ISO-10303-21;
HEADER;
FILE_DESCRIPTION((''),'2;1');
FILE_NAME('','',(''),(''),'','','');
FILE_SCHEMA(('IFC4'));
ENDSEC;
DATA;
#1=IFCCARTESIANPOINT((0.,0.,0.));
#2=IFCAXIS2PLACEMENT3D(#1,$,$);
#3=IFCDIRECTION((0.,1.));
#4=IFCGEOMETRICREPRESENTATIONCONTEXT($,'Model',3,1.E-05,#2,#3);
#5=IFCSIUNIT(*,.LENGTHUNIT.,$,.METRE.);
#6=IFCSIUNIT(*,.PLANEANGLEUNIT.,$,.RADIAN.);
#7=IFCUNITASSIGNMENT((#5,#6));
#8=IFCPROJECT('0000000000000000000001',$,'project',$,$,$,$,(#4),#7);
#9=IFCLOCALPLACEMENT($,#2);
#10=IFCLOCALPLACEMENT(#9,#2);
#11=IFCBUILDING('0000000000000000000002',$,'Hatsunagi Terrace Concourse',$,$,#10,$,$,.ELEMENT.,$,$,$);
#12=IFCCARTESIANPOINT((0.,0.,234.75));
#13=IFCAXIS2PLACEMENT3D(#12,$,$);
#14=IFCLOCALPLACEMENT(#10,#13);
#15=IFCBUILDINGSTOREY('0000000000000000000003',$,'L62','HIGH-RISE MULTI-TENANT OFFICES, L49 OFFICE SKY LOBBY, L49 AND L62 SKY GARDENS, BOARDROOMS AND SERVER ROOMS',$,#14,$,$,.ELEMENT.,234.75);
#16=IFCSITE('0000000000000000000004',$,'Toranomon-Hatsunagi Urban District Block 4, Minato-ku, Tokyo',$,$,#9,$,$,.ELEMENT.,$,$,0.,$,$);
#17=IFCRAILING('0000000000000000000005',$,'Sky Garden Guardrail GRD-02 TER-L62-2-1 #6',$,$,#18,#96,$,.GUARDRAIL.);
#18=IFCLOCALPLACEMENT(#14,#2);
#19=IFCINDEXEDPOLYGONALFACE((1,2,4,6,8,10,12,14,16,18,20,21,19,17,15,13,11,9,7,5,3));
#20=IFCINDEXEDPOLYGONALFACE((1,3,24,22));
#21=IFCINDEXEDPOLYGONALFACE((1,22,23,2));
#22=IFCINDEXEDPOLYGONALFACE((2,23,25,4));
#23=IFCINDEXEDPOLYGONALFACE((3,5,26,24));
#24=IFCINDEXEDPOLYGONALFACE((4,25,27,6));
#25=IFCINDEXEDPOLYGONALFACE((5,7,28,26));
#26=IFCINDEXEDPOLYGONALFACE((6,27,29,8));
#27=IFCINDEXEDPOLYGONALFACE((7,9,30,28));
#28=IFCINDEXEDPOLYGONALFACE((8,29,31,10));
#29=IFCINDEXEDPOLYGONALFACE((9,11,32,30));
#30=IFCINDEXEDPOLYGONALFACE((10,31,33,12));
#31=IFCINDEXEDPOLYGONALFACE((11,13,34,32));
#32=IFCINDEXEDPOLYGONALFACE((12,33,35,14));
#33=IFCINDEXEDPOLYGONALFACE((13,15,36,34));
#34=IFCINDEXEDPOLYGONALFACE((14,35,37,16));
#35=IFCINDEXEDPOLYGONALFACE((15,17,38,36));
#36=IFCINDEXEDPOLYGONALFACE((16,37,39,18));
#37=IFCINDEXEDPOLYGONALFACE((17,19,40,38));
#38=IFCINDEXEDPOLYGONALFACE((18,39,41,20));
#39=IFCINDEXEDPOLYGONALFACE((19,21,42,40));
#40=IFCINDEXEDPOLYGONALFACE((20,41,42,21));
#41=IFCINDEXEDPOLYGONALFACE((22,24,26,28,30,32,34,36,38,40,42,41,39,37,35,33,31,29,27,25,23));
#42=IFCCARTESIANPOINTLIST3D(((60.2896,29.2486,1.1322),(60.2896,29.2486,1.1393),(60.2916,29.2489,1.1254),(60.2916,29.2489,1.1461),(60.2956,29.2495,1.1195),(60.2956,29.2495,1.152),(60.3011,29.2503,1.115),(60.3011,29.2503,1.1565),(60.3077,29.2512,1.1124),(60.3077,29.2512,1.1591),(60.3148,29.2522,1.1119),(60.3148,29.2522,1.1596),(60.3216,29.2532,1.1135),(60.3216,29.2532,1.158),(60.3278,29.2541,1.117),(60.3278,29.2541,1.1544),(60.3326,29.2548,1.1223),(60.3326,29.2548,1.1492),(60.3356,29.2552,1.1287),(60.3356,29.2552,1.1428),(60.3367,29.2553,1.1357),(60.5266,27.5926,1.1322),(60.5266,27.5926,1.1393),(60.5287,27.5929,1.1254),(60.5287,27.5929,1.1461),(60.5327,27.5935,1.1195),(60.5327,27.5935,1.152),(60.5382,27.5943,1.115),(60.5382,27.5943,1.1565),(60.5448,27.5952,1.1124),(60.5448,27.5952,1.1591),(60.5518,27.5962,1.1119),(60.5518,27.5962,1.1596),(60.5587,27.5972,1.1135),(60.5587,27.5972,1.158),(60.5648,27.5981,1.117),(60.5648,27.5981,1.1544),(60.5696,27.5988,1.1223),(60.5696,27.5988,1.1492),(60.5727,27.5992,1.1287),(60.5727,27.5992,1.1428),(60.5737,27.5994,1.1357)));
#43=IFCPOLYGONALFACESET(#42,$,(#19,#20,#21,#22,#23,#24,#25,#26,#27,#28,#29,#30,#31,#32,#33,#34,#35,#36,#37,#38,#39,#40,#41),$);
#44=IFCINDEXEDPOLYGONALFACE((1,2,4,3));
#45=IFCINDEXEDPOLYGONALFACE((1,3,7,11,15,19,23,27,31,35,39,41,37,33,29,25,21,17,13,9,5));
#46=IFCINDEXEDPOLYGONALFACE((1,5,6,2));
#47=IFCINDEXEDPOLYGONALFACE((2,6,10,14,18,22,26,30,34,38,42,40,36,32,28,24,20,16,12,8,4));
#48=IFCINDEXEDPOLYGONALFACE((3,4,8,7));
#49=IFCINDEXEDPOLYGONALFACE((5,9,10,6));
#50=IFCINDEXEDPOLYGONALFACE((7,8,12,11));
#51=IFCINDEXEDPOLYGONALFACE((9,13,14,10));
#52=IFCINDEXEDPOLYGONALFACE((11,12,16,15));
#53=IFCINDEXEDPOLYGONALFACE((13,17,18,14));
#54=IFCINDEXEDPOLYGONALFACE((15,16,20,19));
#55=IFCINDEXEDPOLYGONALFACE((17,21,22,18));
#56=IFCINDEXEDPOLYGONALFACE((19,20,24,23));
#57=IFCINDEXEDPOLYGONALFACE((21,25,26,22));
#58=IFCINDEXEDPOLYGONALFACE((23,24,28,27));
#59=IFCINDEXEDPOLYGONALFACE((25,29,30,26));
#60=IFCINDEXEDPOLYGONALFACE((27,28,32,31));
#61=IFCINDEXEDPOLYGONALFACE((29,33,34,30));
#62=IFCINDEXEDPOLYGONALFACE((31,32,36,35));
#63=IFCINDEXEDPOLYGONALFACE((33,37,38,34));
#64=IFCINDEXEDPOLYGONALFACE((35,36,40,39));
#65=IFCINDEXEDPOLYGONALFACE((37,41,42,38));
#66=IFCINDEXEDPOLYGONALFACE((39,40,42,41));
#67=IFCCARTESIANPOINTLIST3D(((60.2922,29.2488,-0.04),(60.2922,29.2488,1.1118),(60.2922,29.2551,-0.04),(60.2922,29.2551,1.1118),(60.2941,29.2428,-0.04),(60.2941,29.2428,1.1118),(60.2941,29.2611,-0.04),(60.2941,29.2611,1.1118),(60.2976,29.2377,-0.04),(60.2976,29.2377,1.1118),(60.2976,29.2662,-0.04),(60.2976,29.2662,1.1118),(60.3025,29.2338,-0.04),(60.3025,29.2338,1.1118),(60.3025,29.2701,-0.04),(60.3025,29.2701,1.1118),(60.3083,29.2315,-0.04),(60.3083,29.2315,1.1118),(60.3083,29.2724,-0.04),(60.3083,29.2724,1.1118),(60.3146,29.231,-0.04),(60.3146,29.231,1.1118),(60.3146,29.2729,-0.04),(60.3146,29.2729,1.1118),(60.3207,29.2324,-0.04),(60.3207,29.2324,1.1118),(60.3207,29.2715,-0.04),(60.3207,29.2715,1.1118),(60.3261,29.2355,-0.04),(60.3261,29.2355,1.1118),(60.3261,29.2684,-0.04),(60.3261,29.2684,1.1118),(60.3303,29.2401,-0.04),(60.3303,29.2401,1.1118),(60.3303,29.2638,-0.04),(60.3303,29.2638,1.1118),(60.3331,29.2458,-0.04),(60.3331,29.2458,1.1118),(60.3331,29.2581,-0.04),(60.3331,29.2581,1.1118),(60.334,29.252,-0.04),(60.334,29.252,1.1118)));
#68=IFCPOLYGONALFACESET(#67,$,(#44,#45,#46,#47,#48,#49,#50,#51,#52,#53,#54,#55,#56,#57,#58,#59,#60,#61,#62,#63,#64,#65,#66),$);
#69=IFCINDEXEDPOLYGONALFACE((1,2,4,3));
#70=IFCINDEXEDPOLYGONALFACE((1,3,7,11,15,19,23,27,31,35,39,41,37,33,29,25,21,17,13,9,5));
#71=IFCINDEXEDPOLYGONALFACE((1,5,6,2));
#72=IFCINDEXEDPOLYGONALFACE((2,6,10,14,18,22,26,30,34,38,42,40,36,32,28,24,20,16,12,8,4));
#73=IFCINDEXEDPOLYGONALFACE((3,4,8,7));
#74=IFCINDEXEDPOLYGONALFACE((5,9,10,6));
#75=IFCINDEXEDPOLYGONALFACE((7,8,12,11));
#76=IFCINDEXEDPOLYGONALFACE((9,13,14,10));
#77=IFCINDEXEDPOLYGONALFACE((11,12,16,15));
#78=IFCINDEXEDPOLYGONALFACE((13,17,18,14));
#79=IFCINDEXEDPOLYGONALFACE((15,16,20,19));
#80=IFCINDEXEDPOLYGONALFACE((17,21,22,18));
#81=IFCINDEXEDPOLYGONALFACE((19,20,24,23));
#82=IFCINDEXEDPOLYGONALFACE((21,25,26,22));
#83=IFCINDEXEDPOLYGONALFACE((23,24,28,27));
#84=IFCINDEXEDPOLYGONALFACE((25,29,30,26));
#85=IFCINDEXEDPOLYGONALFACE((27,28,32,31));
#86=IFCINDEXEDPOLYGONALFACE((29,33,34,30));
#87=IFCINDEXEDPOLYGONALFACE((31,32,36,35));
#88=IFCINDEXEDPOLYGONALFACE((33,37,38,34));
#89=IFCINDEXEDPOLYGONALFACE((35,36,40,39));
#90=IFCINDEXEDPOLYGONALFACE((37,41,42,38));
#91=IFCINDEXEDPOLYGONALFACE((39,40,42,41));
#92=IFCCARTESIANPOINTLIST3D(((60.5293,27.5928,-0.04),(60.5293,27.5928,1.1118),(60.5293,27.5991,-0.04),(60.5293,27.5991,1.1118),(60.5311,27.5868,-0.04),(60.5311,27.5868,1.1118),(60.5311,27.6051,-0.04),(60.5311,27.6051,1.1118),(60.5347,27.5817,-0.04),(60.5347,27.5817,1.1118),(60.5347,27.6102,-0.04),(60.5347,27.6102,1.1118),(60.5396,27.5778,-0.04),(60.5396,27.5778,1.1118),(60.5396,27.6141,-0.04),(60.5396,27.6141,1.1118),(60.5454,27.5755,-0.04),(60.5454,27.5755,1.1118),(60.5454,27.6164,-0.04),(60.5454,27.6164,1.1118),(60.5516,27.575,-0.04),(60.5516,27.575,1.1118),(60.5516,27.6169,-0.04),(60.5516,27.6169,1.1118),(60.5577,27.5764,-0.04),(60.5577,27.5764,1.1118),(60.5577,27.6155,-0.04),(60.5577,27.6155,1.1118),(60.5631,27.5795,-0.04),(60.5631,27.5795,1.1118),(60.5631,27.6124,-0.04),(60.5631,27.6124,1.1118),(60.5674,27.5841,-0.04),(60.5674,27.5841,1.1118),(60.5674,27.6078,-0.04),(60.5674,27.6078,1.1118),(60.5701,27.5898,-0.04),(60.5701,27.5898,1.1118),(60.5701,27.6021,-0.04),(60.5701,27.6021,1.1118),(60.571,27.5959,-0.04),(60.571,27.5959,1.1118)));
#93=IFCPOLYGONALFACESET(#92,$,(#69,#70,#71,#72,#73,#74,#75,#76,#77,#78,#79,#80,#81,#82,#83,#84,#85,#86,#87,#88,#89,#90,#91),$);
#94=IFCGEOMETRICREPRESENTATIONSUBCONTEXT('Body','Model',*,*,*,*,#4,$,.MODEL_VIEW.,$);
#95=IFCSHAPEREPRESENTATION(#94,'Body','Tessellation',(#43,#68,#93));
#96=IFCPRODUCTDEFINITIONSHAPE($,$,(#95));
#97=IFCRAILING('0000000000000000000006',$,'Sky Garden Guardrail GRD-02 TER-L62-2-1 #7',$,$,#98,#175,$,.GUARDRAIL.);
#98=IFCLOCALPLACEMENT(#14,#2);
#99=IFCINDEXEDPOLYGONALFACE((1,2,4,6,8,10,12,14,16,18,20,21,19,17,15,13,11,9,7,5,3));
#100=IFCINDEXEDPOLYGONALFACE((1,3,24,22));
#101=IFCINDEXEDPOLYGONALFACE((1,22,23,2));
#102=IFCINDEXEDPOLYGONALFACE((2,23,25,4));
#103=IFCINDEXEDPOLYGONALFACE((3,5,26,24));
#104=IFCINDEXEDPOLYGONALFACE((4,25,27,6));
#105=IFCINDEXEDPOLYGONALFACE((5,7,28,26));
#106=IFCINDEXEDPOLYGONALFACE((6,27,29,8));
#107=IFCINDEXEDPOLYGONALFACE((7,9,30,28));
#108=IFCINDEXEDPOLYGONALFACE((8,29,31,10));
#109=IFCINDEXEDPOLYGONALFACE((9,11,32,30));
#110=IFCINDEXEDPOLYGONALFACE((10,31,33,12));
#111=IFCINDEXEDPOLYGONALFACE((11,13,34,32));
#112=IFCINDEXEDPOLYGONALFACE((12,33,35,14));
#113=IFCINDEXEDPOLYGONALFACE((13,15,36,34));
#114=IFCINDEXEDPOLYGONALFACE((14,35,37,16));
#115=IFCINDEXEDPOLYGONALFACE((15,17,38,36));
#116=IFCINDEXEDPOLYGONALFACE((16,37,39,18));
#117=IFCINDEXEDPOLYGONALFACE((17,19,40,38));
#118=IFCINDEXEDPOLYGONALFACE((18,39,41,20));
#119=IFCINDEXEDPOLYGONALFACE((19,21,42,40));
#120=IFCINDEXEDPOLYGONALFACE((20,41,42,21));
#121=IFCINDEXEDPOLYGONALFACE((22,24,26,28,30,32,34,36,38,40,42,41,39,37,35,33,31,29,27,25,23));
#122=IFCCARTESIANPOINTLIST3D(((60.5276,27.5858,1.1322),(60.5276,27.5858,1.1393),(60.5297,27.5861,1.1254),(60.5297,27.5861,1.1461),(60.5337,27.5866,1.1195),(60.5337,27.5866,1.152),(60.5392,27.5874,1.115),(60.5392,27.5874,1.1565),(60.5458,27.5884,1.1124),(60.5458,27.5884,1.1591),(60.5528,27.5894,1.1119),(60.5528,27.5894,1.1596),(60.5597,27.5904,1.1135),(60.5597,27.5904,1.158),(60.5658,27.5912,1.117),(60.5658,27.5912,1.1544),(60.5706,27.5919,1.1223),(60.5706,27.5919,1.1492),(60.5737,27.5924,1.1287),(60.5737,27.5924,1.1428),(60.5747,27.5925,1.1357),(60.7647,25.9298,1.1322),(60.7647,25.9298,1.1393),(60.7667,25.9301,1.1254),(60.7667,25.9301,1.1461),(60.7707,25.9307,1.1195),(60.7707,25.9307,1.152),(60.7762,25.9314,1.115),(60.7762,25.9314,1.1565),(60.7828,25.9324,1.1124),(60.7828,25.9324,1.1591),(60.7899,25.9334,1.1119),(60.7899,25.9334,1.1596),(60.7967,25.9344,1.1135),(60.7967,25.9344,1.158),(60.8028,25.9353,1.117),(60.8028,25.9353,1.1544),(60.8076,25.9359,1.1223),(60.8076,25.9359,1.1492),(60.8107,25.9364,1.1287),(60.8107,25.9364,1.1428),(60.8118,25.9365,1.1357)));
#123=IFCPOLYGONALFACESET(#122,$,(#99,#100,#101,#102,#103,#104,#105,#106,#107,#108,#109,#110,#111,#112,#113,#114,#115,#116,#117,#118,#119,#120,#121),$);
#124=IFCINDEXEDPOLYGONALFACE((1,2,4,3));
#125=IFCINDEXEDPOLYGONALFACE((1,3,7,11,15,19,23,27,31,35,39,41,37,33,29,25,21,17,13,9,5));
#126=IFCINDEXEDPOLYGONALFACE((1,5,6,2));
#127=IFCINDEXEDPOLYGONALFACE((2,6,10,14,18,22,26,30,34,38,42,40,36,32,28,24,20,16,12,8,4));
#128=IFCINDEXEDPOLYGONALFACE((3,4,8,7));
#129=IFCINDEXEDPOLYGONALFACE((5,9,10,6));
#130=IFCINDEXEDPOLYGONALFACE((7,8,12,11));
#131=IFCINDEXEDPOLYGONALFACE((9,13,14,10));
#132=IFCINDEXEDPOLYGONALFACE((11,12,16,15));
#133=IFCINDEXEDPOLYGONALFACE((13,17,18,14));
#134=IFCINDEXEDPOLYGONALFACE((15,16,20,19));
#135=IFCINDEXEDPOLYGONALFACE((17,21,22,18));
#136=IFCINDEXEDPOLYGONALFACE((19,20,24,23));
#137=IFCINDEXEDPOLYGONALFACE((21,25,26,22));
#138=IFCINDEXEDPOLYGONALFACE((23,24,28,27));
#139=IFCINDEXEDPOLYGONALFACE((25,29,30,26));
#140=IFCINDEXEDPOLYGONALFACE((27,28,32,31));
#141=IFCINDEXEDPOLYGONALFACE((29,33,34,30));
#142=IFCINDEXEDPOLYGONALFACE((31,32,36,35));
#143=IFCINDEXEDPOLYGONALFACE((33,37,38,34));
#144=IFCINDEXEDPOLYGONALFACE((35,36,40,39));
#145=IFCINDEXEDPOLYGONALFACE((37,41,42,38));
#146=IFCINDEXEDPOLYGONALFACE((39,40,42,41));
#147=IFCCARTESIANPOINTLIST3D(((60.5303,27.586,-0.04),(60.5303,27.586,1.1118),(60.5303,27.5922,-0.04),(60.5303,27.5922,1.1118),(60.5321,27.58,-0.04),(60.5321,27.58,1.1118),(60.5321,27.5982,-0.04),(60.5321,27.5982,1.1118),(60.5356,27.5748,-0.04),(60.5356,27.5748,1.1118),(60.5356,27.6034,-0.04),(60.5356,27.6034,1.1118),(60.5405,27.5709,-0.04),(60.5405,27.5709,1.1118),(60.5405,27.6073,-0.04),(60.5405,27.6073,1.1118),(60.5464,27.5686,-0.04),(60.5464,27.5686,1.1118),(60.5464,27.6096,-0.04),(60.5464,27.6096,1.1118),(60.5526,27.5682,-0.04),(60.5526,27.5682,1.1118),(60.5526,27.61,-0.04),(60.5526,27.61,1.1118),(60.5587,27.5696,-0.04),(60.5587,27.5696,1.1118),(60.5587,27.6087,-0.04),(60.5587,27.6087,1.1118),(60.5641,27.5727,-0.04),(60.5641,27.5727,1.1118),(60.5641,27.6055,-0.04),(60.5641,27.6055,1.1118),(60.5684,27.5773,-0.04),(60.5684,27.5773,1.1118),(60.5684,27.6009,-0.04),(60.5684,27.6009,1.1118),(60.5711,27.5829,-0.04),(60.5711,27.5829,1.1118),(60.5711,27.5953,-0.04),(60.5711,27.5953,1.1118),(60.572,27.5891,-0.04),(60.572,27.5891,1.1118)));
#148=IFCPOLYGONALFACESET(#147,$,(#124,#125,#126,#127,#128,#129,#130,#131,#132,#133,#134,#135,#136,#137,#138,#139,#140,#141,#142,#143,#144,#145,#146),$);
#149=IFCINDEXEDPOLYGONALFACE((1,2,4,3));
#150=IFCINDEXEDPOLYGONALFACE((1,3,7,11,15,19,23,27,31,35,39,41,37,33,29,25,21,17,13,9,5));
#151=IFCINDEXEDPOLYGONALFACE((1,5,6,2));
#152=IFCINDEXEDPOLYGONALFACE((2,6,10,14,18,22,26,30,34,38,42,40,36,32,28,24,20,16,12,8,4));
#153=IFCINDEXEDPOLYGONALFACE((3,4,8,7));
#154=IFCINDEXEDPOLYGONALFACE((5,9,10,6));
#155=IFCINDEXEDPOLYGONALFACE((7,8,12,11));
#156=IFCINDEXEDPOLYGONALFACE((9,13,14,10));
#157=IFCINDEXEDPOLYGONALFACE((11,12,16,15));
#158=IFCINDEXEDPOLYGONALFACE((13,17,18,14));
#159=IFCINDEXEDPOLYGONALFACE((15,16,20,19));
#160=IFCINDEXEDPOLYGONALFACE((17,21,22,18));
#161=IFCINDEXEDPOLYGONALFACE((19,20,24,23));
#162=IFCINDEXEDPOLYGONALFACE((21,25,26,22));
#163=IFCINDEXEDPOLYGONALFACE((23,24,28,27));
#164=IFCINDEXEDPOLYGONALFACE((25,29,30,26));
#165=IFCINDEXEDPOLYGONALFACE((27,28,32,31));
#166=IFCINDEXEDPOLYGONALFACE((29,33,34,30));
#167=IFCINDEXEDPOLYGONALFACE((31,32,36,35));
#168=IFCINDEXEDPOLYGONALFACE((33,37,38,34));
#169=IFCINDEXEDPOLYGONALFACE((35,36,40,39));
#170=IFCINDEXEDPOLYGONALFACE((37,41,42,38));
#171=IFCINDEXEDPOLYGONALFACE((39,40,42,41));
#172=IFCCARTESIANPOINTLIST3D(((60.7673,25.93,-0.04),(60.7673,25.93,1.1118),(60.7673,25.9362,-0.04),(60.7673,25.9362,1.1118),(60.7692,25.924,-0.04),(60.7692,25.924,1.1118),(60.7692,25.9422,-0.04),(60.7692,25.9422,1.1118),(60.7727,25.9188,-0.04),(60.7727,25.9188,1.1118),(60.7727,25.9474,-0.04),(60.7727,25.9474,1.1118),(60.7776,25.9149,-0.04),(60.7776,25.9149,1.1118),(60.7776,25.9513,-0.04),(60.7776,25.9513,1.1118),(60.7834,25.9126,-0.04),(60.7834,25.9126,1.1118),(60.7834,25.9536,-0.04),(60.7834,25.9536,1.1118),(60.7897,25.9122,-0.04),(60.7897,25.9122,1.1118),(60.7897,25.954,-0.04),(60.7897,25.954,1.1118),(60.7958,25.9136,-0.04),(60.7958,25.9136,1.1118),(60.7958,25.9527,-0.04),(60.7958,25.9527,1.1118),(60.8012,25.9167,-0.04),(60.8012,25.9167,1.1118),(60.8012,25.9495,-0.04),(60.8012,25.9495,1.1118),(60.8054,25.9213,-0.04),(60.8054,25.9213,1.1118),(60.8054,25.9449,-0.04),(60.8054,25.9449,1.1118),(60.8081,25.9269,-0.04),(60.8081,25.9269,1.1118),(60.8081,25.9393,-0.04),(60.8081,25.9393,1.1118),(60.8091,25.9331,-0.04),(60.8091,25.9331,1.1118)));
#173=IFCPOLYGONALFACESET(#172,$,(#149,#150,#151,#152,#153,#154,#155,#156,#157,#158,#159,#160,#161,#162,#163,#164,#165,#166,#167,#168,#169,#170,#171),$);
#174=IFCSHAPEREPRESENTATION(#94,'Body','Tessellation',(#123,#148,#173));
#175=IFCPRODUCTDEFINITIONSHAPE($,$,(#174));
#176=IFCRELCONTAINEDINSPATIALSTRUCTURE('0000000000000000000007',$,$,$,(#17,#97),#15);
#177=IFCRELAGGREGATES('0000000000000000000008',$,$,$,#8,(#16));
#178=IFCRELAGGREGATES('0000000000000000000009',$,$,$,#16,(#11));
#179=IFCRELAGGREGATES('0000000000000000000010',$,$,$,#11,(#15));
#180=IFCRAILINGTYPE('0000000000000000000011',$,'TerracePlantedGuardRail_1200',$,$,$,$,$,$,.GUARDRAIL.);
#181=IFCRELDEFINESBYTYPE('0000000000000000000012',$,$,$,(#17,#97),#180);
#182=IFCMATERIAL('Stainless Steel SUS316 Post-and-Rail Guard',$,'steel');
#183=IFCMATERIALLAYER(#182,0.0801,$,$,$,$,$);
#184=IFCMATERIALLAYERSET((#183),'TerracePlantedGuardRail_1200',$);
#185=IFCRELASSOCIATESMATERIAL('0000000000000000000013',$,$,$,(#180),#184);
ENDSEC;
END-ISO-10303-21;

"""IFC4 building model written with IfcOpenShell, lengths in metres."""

from ifc_helpers import new_model, si_unit, direction, frame, origin, origin_2d, place, context, subcontext, project, spatial, circle, extrude, material, layer, layer_set, type_object, element, save


model = new_model("IFC4")

# Units and contexts
model_context = context("Model", 3, precision=1e-05, world=origin(), true_north=direction((0.0, 1.0)))
body_context = subcontext(model_context, "Body", "Model", "MODEL_VIEW")
ifc_project = project(units=[si_unit("LENGTHUNIT", "METRE"), si_unit("PLANEANGLEUNIT", "RADIAN")], contexts=[model_context])

# Site, building, storey
site_placement = place(None, origin())
site = spatial("IfcSite", under=ifc_project, at=site_placement, Name="Toranomon-Hatsunagi Urban District Block 4, Minato-ku, Tokyo", CompositionType="ELEMENT", RefElevation=0.0)
building_placement = place(site_placement, origin())
building = spatial("IfcBuilding", under=site, at=building_placement, Name="Hatsunagi Terrace Concourse", CompositionType="ELEMENT")
storey_placement = place(building_placement, frame((0.0, 0.0, 234.75)))
storey = spatial("IfcBuildingStorey", under=building, at=storey_placement, Name="L62", Description="HIGH-RISE MULTI-TENANT OFFICES, L49 OFFICE SKY LOBBY, L49 AND L62 SKY GARDENS, BOARDROOMS AND SERVER ROOMS", CompositionType="ELEMENT", Elevation=234.75)

# Railings
ifc_material_1 = material(Name="Stainless Steel SUS316 Post-and-Rail Guard", Category="steel")
ifc_layer_1 = layer(ifc_material_1, 0.0801)
ifc_layer_set_1 = layer_set([ifc_layer_1], Name="TerracePlantedGuardRail_1200")
railing_type = type_object("IfcRailingType", Name="TerracePlantedGuardRail_1200", PredefinedType="GUARDRAIL", material=ifc_layer_set_1)
for number, where, name in (
    (1, (60.313, 29.252, -0.04), "Sky Garden Guardrail GRD-02 TER-L62-2-1 #6"),
    (2, (60.551, 27.5891, -0.04), "Sky Garden Guardrail GRD-02 TER-L62-2-1 #7"),
):
    element("IfcRailing", number, at=place(storey_placement, frame(where)), inside=storey, type_object=railing_type, Name=name, PredefinedType="GUARDRAIL", context=body_context, shape_type="SweptSolid", body=[
        extrude(circle(Radius=0.0239, at=origin_2d()), frame((0.0, 0.0, 1.1758), z_axis=(0.141707, -0.989909, 0.0), x_axis=(0.989909, 0.141707, 0.0)), (0.0, 0.0, 1.0), 1.6729),
        extrude(circle(Radius=0.021, at=origin_2d()), origin(), (0.0, 0.0, 1.0), 1.1519),
        extrude(circle(Radius=0.021, at=origin_2d()), frame((0.2371, -1.656, 0.0)), (0.0, 0.0, 1.0), 1.1519),
    ])

save(model, "model.ifc")
